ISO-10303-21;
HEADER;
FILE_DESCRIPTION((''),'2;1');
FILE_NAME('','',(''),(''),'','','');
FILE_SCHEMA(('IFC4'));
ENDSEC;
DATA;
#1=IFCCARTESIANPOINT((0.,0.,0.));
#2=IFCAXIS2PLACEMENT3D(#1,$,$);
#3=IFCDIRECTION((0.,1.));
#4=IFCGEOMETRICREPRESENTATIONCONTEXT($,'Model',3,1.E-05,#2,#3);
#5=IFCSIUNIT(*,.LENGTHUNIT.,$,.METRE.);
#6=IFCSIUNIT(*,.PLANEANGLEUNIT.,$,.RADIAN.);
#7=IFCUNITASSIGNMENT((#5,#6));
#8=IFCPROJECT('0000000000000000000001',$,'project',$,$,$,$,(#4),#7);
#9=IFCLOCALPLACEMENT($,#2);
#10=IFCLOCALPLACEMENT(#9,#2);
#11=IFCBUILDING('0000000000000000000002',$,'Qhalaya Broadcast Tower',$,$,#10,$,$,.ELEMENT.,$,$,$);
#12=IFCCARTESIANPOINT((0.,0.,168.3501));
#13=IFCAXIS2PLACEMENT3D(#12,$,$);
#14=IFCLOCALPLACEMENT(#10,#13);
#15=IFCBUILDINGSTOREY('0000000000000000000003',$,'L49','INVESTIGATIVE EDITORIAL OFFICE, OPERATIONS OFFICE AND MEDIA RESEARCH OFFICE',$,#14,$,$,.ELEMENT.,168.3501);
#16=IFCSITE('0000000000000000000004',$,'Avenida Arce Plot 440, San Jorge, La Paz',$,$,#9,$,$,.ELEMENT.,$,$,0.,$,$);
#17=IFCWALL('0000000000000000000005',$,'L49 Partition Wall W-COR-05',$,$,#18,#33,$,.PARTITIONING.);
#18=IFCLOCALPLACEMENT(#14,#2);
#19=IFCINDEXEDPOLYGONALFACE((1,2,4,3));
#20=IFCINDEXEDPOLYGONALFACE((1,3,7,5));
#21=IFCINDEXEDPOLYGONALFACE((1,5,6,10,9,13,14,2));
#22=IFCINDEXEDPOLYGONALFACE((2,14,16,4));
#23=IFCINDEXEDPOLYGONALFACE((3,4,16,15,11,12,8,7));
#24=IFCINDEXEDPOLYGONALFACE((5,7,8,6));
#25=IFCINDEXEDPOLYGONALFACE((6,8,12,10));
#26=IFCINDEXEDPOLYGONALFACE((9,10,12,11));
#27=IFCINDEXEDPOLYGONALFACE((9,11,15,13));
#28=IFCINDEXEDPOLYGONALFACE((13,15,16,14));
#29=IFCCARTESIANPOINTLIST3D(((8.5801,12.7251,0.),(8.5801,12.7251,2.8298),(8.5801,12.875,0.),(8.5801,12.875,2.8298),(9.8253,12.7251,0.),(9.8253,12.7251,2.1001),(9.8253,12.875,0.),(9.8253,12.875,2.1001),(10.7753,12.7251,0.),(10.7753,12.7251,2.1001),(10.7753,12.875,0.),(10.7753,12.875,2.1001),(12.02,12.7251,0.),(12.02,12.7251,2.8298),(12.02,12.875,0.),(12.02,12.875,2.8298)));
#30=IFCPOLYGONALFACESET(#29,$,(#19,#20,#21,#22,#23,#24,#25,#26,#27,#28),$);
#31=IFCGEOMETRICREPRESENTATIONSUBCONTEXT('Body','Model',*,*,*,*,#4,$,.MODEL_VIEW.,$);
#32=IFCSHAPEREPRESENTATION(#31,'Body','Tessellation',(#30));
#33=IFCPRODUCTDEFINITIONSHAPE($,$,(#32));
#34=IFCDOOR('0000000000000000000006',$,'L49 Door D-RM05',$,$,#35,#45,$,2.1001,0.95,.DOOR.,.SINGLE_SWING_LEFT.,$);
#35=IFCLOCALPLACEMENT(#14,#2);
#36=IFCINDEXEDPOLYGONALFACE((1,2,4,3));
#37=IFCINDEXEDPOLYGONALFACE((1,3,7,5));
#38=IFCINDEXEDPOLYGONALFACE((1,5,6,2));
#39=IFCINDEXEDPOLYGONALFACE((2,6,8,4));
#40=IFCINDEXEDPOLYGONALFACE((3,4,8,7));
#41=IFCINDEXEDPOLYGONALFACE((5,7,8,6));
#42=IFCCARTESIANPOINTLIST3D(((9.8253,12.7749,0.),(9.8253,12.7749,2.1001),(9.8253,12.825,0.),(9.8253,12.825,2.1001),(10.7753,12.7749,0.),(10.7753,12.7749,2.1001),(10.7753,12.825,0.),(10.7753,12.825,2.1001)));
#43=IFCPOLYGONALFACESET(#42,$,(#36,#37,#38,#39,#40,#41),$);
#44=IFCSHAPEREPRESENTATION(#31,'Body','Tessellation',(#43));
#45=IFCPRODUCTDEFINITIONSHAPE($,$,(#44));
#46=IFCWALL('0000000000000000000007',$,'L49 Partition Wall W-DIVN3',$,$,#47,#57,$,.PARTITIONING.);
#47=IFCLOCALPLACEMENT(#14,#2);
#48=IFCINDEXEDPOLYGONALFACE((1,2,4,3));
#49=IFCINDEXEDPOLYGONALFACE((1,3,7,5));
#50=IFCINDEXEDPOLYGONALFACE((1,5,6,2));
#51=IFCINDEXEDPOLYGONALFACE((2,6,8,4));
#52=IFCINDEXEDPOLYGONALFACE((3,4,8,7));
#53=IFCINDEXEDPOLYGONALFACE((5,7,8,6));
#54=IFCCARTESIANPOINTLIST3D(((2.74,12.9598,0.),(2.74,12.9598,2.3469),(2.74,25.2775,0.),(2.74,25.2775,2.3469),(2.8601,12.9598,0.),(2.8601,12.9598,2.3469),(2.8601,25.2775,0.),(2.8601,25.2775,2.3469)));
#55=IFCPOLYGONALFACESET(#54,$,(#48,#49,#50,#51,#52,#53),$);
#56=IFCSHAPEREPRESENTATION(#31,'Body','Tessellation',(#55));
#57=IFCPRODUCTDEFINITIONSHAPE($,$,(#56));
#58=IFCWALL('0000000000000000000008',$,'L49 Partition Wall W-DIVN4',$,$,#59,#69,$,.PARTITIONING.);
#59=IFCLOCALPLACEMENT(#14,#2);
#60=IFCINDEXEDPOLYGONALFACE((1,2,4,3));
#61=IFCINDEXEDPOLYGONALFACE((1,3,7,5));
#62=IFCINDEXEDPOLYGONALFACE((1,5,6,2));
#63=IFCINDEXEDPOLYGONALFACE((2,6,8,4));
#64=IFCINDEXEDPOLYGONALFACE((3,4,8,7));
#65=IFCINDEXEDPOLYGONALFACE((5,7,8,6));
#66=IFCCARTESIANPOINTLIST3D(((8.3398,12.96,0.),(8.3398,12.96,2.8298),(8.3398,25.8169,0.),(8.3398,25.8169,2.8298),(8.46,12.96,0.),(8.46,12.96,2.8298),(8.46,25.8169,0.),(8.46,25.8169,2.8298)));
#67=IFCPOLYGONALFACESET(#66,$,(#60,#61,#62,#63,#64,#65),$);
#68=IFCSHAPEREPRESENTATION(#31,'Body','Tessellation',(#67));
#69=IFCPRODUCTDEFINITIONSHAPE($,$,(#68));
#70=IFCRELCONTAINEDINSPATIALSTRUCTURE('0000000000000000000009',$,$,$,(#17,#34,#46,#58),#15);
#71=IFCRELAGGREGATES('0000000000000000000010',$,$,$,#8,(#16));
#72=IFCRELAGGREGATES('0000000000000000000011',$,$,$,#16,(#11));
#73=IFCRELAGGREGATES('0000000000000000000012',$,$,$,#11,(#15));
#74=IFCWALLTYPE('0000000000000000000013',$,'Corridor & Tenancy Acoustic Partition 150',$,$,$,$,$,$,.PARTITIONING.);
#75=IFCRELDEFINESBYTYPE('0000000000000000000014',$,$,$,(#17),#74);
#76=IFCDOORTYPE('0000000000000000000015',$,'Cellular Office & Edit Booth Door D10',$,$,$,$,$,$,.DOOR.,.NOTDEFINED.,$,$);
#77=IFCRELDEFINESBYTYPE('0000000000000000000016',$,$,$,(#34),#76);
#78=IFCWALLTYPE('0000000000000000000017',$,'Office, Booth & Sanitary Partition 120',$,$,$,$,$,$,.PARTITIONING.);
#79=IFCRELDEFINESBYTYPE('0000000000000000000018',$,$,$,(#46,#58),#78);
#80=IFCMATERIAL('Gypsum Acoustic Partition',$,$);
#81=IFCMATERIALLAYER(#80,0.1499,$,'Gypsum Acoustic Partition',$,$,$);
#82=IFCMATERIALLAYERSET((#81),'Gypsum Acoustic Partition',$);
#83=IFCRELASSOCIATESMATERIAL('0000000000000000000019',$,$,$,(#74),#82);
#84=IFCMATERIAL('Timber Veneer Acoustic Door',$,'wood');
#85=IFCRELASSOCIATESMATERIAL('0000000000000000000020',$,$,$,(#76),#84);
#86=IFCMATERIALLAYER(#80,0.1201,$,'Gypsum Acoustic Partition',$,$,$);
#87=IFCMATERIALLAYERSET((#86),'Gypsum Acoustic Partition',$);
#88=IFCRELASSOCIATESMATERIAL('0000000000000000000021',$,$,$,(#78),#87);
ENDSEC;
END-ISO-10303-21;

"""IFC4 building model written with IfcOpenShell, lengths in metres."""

from ifc_helpers import new_model, si_unit, direction, frame, frame_2d, origin, place, context, subcontext, project, spatial, rectangle, extrude, material, layer, layer_set, type_object, element, fill, save


model = new_model("IFC4")

# Units and contexts
model_context = context("Model", 3, precision=1e-05, world=origin(), true_north=direction((0.0, 1.0)))
body_context = subcontext(model_context, "Body", "Model", "MODEL_VIEW")
ifc_project = project(units=[si_unit("LENGTHUNIT", "METRE"), si_unit("PLANEANGLEUNIT", "RADIAN")], contexts=[model_context])

# Site, building, storey
site_placement = place(None, origin())
site = spatial("IfcSite", under=ifc_project, at=site_placement, Name="Avenida Arce Plot 440, San Jorge, La Paz", CompositionType="ELEMENT", RefElevation=0.0)
building_placement = place(site_placement, origin())
building = spatial("IfcBuilding", under=site, at=building_placement, Name="Qhalaya Broadcast Tower", CompositionType="ELEMENT")
storey_placement = place(building_placement, frame((0.0, 0.0, 168.3501)))
storey = spatial("IfcBuildingStorey", under=building, at=storey_placement, Name="L49", Description="INVESTIGATIVE EDITORIAL OFFICE, OPERATIONS OFFICE AND MEDIA RESEARCH OFFICE", CompositionType="ELEMENT", Elevation=168.3501)

# Wall, opening, door
ifc_material_1 = material(Name="Gypsum Acoustic Partition")
ifc_layer_1 = layer(ifc_material_1, 0.1499, Name="Gypsum Acoustic Partition")
ifc_layer_set_1 = layer_set([ifc_layer_1], Name="Gypsum Acoustic Partition")
wall_type_1 = type_object("IfcWallType", Name="Corridor & Tenancy Acoustic Partition 150", PredefinedType="PARTITIONING", material=ifc_layer_set_1)
ifc_material_2 = material(Name="Timber Veneer Acoustic Door", Category="wood")
door_type = type_object("IfcDoorType", Name="Cellular Office & Edit Booth Door D10", OperationType="NOTDEFINED", PredefinedType="DOOR", material=ifc_material_2)
wall_1_placement = place(storey_placement, frame((8.5801, 12.8, 0.0), z_axis=(0.0, 0.0, 1.0), x_axis=(1.0, 0.0, 0.0)))
wall_1 = element("IfcWall", 1, at=wall_1_placement, inside=storey, type_object=wall_type_1, Name="L49 Partition Wall W-COR-05", PredefinedType="PARTITIONING", context=body_context, shape_type="SweptSolid", body=[
    extrude(rectangle(XDim=3.4399, YDim=0.1499, at=frame_2d((1.72, 0.0))), origin(), (0.0, 0.0, 1.0), 2.8298),
])
opening_1_placement = place(wall_1_placement, frame((1.2451, 0.0, 0.0)))
opening_1 = element("IfcOpeningElement", 2, at=opening_1_placement, cuts=wall_1, PredefinedType="OPENING", context=body_context, shape_type="SweptSolid", body=[
    extrude(rectangle(XDim=0.95, YDim=2.1001, at=frame_2d((0.4751, 1.05))), frame((0.0, 0.0869, 0.0), z_axis=(0.0, -1.0, 0.0), x_axis=(1.0, 0.0, 0.0)), (0.0, 0.0, 1.0), 0.1738),
])
door_1_placement = place(opening_1_placement, origin())
door_1 = element("IfcDoor", 3, at=door_1_placement, inside=storey, type_object=door_type, Name="L49 Door D-RM05", OperationType="SINGLE_SWING_LEFT", OverallHeight=2.1001, OverallWidth=0.95, PredefinedType="DOOR", context=body_context, shape_type="SweptSolid", body=[
    extrude(rectangle(XDim=0.95, YDim=2.1001, at=frame_2d((0.4751, 1.05))), frame((0.0, 0.0249, 0.0), z_axis=(0.0, -1.0, 0.0), x_axis=(1.0, 0.0, 0.0)), (0.0, 0.0, 1.0), 0.05),
])
fill(opening_1, door_1)

# Walls
ifc_layer_2 = layer(ifc_material_1, 0.1201, Name="Gypsum Acoustic Partition")
ifc_layer_set_2 = layer_set([ifc_layer_2], Name="Gypsum Acoustic Partition")
wall_type_2 = type_object("IfcWallType", Name="Office, Booth & Sanitary Partition 120", PredefinedType="PARTITIONING", material=ifc_layer_set_2)
wall_2_placement = place(storey_placement, frame((2.8, 12.96, 0.0), z_axis=(0.0, 0.0, 1.0), x_axis=(0.0, 1.0, 0.0)))
element("IfcWall", 4, at=wall_2_placement, inside=storey, type_object=wall_type_2, Name="L49 Partition Wall W-DIVN3", PredefinedType="PARTITIONING", context=body_context, shape_type="SweptSolid", body=[
    extrude(rectangle(XDim=12.3176, YDim=0.1201, at=frame_2d((6.1587, 0.0))), origin(), (0.0, 0.0, 1.0), 2.3469),
])
wall_3_placement = place(storey_placement, frame((8.3999, 12.96, 0.0), z_axis=(0.0, 0.0, 1.0), x_axis=(0.0, 1.0, 0.0)))
element("IfcWall", 5, at=wall_3_placement, inside=storey, type_object=wall_type_2, Name="L49 Partition Wall W-DIVN4", PredefinedType="PARTITIONING", context=body_context, shape_type="SweptSolid", body=[
    extrude(rectangle(XDim=12.8569, YDim=0.1201, at=frame_2d((6.4285, 0.0))), origin(), (0.0, 0.0, 1.0), 2.8298),
])

save(model, "model.ifc")
